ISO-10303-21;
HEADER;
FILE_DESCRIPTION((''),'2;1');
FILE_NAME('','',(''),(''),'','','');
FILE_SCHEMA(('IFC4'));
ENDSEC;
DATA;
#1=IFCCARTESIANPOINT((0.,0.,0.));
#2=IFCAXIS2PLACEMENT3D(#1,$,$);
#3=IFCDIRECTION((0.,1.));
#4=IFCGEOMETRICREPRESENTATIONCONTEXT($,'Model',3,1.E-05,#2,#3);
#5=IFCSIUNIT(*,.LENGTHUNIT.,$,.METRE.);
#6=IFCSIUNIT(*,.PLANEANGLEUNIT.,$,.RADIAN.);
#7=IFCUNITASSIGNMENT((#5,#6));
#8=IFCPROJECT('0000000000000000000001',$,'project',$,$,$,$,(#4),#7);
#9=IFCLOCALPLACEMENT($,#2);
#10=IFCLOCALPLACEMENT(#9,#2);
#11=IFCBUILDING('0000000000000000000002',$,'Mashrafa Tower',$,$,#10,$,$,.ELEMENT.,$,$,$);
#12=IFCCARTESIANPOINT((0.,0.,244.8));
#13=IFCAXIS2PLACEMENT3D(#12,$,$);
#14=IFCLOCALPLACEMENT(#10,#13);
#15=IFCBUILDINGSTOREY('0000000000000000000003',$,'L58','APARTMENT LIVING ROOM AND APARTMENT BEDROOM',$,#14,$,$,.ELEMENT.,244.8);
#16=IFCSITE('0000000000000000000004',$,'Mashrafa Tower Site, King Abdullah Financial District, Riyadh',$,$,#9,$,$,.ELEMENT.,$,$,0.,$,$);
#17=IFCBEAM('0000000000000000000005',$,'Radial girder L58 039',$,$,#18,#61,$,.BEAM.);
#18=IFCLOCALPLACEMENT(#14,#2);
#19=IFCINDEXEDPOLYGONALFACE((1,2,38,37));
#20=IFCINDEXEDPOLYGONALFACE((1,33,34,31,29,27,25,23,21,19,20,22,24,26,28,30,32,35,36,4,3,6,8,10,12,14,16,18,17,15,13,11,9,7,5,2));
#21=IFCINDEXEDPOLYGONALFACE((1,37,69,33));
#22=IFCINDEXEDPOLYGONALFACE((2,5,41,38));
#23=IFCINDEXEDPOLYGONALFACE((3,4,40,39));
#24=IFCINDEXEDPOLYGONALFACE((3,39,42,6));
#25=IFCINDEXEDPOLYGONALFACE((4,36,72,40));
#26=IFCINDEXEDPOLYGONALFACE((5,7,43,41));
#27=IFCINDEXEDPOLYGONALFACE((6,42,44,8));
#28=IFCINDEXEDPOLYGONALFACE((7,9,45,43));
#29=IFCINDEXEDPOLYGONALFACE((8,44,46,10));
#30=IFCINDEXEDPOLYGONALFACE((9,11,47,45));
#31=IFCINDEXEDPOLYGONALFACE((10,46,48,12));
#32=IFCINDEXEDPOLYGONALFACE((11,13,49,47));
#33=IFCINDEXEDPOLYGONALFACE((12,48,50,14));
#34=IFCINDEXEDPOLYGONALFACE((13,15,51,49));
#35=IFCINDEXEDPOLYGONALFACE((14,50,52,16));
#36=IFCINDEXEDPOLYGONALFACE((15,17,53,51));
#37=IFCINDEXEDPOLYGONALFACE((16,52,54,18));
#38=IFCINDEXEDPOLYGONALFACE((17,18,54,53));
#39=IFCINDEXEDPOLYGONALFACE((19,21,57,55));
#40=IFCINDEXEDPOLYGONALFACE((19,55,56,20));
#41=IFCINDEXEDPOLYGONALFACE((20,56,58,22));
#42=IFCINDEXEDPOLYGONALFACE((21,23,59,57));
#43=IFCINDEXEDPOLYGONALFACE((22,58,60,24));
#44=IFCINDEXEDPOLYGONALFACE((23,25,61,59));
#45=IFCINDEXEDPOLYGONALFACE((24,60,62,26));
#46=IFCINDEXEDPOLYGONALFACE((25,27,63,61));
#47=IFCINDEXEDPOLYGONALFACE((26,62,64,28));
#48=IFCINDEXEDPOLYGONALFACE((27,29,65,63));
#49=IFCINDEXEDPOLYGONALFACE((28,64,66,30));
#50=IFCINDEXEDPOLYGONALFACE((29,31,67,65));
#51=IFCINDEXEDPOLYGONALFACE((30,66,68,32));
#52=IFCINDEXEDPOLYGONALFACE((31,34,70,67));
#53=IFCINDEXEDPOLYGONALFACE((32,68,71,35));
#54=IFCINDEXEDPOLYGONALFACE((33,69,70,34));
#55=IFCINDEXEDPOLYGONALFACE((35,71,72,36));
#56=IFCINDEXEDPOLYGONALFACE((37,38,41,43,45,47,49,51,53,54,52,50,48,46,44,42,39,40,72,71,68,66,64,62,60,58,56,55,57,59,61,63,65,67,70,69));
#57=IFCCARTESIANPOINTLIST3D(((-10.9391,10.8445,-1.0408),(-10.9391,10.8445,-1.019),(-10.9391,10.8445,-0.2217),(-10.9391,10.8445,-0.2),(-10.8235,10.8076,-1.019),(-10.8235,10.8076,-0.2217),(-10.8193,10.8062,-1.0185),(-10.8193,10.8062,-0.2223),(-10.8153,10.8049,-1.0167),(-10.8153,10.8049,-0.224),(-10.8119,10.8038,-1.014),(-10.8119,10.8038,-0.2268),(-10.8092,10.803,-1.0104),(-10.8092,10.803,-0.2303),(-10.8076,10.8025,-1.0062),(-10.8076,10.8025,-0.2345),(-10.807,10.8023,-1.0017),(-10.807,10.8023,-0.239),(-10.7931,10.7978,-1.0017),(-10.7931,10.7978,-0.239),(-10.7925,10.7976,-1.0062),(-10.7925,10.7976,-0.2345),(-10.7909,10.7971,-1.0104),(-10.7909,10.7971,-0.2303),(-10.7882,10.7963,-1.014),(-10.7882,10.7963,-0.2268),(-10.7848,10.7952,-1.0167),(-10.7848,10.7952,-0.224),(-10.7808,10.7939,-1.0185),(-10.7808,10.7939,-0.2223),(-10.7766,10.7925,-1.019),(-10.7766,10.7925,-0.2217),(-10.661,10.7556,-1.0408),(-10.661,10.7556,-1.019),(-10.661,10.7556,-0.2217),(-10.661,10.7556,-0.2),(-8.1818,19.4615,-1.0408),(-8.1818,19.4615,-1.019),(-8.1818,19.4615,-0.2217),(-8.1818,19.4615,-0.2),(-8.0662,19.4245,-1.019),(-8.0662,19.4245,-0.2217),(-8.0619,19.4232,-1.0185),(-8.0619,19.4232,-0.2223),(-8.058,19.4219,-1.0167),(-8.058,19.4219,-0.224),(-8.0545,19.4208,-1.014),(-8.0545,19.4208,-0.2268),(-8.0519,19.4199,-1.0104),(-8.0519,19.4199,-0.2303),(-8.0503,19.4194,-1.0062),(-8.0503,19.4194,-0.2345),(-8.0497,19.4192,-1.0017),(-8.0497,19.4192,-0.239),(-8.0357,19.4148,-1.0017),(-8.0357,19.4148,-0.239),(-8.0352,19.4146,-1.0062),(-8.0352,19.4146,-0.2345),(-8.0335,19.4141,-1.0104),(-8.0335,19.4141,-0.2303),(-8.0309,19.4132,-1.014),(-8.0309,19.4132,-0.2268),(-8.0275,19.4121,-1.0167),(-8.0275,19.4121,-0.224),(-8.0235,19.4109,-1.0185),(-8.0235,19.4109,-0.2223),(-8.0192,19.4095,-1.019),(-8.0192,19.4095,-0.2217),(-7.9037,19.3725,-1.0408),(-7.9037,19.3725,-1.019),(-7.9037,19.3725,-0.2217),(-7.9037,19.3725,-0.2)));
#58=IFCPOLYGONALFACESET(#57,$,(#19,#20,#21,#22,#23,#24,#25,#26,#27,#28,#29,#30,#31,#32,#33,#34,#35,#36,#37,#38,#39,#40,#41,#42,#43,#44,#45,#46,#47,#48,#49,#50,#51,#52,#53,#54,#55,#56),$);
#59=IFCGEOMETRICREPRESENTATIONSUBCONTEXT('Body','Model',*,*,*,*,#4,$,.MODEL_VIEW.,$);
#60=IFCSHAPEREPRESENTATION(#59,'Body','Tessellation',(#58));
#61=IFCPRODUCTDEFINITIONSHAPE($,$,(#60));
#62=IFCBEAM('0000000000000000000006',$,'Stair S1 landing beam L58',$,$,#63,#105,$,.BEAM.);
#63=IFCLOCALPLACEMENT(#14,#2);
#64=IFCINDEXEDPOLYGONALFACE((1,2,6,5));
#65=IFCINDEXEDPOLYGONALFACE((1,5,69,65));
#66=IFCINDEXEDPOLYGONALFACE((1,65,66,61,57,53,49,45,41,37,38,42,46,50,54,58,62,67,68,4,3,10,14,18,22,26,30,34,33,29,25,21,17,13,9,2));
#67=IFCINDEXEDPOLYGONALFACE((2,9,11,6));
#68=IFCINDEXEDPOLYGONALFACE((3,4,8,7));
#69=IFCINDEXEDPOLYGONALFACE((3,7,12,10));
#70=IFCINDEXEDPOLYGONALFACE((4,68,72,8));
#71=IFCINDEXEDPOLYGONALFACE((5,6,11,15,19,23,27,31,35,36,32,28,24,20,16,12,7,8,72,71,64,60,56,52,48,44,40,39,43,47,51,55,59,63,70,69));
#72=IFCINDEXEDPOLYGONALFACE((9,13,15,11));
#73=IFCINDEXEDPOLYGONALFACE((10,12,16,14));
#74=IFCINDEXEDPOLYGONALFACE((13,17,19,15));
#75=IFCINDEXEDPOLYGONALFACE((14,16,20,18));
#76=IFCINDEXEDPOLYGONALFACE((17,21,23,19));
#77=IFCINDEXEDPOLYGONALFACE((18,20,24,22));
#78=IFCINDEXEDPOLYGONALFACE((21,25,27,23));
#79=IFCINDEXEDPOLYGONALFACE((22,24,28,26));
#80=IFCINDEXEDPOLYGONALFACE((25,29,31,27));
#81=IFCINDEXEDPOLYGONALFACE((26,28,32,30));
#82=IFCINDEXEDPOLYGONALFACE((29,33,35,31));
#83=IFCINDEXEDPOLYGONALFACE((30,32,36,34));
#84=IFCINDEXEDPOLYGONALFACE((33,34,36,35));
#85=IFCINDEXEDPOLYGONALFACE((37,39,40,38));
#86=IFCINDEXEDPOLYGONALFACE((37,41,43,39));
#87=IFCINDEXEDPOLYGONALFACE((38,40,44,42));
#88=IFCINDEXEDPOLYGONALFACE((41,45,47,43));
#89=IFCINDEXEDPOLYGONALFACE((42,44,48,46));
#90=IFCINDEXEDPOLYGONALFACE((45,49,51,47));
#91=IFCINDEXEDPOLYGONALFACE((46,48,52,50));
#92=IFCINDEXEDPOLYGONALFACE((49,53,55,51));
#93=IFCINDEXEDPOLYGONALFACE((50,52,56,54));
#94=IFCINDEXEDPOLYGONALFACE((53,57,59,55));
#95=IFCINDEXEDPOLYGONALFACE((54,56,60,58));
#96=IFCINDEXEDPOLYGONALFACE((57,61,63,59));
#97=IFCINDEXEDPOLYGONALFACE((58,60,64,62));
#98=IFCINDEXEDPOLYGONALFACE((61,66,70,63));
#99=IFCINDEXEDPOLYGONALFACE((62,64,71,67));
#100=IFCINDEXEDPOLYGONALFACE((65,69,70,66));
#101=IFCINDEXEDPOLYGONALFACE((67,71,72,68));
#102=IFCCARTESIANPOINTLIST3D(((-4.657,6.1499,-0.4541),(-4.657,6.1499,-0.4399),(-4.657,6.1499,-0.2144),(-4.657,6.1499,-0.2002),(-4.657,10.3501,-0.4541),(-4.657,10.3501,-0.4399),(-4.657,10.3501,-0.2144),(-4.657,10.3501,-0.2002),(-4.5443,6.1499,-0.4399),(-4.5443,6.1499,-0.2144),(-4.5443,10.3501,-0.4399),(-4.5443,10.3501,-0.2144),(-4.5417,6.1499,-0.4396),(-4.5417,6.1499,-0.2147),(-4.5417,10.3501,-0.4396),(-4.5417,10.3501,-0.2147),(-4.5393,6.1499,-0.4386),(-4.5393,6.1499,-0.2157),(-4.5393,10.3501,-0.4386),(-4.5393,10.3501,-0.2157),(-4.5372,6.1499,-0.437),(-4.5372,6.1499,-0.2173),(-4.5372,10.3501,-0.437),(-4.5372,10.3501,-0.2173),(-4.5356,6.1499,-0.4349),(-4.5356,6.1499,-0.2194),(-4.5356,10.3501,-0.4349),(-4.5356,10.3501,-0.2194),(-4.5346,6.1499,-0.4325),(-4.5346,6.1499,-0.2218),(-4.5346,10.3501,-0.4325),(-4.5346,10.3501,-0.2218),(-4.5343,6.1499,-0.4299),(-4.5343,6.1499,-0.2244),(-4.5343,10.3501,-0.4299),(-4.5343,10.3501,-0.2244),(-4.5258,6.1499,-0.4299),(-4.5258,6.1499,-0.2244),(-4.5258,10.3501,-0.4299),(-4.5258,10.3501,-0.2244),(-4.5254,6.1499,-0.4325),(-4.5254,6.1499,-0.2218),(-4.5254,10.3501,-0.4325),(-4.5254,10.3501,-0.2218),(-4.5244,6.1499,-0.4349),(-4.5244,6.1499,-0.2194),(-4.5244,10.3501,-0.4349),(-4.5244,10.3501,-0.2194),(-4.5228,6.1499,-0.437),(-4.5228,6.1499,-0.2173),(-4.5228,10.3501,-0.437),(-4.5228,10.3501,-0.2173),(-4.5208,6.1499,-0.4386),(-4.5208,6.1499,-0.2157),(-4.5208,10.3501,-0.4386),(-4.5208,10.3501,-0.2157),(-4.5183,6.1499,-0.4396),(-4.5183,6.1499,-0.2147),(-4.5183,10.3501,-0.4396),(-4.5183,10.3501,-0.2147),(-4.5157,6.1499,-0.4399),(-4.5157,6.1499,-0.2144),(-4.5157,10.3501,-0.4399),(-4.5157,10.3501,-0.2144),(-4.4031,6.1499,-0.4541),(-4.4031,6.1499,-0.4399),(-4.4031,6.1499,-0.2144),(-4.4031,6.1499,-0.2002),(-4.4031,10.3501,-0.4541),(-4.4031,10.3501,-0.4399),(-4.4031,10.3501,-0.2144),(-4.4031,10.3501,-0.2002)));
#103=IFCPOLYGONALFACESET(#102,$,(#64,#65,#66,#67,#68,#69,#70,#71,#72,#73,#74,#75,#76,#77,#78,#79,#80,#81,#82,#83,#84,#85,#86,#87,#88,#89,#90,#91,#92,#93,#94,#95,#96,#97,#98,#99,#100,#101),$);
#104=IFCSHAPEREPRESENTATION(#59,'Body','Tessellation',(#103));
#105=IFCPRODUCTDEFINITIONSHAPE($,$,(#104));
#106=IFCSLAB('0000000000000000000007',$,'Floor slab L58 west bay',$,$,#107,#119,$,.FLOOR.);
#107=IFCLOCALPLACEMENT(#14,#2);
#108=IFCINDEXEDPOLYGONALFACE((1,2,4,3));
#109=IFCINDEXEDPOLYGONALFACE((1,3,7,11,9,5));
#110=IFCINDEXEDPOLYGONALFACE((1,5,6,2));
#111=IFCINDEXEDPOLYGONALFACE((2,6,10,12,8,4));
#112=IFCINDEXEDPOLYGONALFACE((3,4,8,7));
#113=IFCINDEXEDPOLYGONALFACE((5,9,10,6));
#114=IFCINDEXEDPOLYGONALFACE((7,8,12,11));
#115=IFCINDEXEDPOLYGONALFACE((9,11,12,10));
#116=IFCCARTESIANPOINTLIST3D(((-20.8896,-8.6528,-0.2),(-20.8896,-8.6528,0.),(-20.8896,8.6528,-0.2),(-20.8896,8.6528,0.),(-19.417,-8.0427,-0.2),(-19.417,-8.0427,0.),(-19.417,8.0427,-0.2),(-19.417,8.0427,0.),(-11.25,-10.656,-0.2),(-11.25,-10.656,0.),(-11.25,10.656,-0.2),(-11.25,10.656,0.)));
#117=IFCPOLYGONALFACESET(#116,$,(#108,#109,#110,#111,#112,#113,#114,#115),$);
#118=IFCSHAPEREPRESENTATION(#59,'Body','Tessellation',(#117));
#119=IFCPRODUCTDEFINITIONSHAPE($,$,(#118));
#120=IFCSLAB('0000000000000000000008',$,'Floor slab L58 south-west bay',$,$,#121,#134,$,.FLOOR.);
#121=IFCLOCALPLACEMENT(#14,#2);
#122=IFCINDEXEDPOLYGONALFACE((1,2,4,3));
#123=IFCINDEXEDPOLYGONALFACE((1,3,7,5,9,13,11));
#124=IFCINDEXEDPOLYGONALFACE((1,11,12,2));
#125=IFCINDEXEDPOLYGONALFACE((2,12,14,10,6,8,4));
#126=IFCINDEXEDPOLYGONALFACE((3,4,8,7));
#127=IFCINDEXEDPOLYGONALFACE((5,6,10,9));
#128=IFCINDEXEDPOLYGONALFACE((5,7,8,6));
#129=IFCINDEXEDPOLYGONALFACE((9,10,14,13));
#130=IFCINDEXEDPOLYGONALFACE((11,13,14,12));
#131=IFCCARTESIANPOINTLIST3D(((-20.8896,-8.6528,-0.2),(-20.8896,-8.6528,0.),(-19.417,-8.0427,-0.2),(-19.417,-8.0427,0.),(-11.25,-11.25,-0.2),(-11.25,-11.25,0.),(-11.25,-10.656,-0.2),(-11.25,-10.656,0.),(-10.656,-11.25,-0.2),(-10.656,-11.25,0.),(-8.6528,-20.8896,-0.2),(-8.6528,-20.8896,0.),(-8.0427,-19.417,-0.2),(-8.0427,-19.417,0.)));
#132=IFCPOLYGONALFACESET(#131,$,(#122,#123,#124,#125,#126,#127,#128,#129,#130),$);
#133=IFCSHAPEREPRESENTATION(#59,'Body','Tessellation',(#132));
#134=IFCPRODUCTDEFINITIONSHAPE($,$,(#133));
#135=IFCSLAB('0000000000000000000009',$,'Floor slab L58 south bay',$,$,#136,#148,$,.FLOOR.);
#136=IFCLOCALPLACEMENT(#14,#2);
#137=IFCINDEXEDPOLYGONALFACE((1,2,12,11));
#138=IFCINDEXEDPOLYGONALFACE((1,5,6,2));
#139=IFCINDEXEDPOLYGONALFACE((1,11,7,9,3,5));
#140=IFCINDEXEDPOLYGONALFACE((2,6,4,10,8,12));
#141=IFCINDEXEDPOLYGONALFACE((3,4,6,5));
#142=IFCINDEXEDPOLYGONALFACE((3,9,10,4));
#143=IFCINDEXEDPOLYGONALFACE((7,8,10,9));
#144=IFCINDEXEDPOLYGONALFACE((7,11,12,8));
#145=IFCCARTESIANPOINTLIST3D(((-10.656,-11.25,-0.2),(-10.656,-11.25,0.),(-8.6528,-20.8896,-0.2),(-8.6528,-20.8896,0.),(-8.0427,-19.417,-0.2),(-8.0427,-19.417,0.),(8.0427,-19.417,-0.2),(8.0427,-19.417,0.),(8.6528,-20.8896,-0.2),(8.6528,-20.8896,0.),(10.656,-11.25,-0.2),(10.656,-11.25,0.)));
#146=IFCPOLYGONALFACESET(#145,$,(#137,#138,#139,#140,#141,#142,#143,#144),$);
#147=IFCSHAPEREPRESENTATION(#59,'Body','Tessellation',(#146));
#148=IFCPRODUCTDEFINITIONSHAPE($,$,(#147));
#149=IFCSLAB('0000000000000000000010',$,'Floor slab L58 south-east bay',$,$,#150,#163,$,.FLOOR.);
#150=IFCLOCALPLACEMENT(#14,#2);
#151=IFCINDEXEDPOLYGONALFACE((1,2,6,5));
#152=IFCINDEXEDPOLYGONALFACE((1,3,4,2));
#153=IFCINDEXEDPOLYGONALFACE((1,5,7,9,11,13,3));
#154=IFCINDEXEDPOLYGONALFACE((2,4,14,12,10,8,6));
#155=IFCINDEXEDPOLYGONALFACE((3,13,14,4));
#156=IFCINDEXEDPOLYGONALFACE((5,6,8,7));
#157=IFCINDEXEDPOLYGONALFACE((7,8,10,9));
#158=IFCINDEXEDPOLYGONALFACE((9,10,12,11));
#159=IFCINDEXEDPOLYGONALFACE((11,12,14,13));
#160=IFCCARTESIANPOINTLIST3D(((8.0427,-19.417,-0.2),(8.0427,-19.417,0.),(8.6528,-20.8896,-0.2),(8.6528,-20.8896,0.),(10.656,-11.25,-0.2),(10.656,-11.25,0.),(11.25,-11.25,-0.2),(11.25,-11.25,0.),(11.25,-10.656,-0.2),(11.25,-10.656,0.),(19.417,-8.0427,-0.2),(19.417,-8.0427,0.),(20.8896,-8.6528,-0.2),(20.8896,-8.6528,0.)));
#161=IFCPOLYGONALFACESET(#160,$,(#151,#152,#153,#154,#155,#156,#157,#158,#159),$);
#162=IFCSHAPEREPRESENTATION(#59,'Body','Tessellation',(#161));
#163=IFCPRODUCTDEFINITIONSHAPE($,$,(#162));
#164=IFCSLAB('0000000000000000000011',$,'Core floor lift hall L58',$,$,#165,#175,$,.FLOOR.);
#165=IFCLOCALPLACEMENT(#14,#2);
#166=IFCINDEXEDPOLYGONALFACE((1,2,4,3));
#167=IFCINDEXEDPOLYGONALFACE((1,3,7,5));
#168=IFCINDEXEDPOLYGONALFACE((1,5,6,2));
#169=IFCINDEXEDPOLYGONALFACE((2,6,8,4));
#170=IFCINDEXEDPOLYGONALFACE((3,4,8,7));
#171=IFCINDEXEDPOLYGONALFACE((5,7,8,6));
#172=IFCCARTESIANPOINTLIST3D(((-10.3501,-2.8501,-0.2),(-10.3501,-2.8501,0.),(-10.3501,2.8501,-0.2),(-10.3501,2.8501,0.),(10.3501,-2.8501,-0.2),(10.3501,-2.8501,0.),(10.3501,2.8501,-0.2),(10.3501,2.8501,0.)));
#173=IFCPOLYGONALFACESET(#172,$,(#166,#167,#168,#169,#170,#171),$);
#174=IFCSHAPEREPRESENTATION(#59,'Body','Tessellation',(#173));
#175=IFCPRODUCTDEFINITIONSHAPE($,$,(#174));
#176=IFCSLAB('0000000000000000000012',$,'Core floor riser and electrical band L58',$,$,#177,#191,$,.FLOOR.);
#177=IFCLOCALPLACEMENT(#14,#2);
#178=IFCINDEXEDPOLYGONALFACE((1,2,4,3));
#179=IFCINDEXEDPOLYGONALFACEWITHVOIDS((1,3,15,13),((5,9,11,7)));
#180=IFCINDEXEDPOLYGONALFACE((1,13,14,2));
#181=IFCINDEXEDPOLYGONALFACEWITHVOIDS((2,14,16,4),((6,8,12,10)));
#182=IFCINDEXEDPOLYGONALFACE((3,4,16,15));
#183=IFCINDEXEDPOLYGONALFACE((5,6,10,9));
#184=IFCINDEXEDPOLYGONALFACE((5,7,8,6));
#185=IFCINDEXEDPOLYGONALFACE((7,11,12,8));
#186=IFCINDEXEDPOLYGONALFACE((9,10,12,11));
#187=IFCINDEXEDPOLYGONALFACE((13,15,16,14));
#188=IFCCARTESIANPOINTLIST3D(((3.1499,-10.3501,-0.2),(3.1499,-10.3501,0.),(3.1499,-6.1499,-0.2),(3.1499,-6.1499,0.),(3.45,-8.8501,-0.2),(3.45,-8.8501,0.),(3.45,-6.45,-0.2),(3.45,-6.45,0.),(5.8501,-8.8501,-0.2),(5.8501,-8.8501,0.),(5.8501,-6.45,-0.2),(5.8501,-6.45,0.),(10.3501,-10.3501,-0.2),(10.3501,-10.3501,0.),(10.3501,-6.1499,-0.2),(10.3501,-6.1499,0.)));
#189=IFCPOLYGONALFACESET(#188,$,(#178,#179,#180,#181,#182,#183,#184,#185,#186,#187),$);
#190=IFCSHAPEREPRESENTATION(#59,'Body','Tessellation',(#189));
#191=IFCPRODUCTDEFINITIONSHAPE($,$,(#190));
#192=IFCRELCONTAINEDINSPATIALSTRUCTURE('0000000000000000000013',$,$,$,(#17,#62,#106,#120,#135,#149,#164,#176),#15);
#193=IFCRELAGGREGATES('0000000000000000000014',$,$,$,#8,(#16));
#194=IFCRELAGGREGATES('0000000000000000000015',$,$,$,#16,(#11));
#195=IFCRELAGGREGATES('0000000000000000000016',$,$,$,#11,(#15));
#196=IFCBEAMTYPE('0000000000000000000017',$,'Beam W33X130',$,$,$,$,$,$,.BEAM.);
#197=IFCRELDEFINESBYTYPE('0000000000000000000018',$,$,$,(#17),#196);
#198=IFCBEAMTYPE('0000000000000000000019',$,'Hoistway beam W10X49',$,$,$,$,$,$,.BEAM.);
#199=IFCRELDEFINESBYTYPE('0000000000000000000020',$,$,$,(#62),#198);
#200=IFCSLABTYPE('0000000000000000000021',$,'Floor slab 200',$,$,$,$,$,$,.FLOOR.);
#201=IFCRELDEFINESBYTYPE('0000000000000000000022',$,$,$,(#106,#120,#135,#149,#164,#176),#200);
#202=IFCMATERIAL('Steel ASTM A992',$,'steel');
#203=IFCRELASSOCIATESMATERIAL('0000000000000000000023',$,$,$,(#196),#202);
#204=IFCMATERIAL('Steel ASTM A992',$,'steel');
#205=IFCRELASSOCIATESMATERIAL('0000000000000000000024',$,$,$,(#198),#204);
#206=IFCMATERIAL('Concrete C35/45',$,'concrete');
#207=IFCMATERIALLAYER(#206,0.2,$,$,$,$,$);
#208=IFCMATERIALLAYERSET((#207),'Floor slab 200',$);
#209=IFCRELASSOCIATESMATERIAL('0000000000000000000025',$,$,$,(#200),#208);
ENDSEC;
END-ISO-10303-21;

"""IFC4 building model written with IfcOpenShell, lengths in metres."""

from ifc_helpers import new_model, si_unit, direction, frame, origin, origin_2d, place, context, subcontext, project, spatial, polyline, i_section, outline, extrude, material, layer, layer_set, material_profile, profile_set, type_object, element, save


model = new_model("IFC4")

# Units and contexts
model_context = context("Model", 3, precision=1e-05, world=origin(), true_north=direction((0.0, 1.0)))
body_context = subcontext(model_context, "Body", "Model", "MODEL_VIEW")
ifc_project = project(units=[si_unit("LENGTHUNIT", "METRE"), si_unit("PLANEANGLEUNIT", "RADIAN")], contexts=[model_context])

# Site, building, storey
site_placement = place(None, origin())
site = spatial("IfcSite", under=ifc_project, at=site_placement, Name="Mashrafa Tower Site, King Abdullah Financial District, Riyadh", CompositionType="ELEMENT", RefElevation=0.0)
building_placement = place(site_placement, origin())
building = spatial("IfcBuilding", under=site, at=building_placement, Name="Mashrafa Tower", CompositionType="ELEMENT")
storey_placement = place(building_placement, frame((0.0, 0.0, 244.8)))
storey = spatial("IfcBuildingStorey", under=building, at=storey_placement, Name="L58", Description="APARTMENT LIVING ROOM AND APARTMENT BEDROOM", CompositionType="ELEMENT", Elevation=244.8)

# Beams
ifc_material_1 = material(Name="Steel ASTM A992", Category="steel")
ifc_material_profile_1 = material_profile(ifc_material_1, i_section(OverallWidth=0.292, OverallDepth=0.8408, WebThickness=0.0146, FlangeThickness=0.0217, FilletRadius=0.0173, at=origin_2d()), Name="W33X130")
ifc_profile_set_1 = profile_set([ifc_material_profile_1], Name="Steel ASTM A992")
beam_type_1 = type_object("IfcBeamType", Name="Beam W33X130", PredefinedType="BEAM", material=ifc_profile_set_1)
for number, where, z_axis, x_axis, name in (
    (1, (-10.8, 10.8, -0.6204), (0.304766, 0.952427, 0.0), (-0.952427, 0.304766, 0.0), "Radial girder L58 039"),
):
    element("IfcBeam", number, at=place(storey_placement, frame(where, z_axis=z_axis, x_axis=x_axis)), inside=storey, type_object=beam_type_1, Name=name, PredefinedType="BEAM", context=body_context, shape_type="SweptSolid", body=[
        extrude(i_section(OverallWidth=0.292, OverallDepth=0.8408, WebThickness=0.0146, FlangeThickness=0.0217, FilletRadius=0.0173, at=origin_2d()), origin(), (0.0, 0.0, 1.0), 9.0474),
    ])
ifc_material_2 = material(Name="Steel ASTM A992", Category="steel")
ifc_material_profile_2 = material_profile(ifc_material_2, i_section(OverallWidth=0.2539, OverallDepth=0.2539, WebThickness=0.0085, FlangeThickness=0.0142, FilletRadius=0.01, at=origin_2d()), Name="W10X49")
ifc_profile_set_2 = profile_set([ifc_material_profile_2], Name="Steel ASTM A992")
beam_type_2 = type_object("IfcBeamType", Name="Hoistway beam W10X49", PredefinedType="BEAM", material=ifc_profile_set_2)
beam_1_placement = place(storey_placement, frame((-4.53, 6.1499, -0.3271), z_axis=(0.0, 1.0, 0.0), x_axis=(-1.0, 0.0, 0.0)))
element("IfcBeam", 2, at=beam_1_placement, inside=storey, type_object=beam_type_2, Name="Stair S1 landing beam L58", PredefinedType="BEAM", context=body_context, shape_type="SweptSolid", body=[
    extrude(i_section(OverallWidth=0.2539, OverallDepth=0.2539, WebThickness=0.0085, FlangeThickness=0.0142, FilletRadius=0.01, at=origin_2d()), origin(), (0.0, 0.0, 1.0), 4.2002),
])

# Slabs
ifc_material_3 = material(Name="Concrete C35/45", Category="concrete")
ifc_layer_1 = layer(ifc_material_3, 0.2)
ifc_layer_set_1 = layer_set([ifc_layer_1], Name="Floor slab 200")
slab_type = type_object("IfcSlabType", Name="Floor slab 200", PredefinedType="FLOOR", material=ifc_layer_set_1)
slab_1_placement = place(storey_placement, frame((0.0, 0.0, -0.2)))
element("IfcSlab", 3, at=slab_1_placement, inside=storey, type_object=slab_type, Name="Floor slab L58 west bay", PredefinedType="FLOOR", context=body_context, shape_type="SweptSolid", body=[
    extrude(outline(polyline([(-20.8896, 8.6528), (-19.417, 8.0427), (-11.25, 10.656), (-11.25, -10.656), (-19.417, -8.0427), (-20.8896, -8.6528), (-20.8896, 8.6528)])), origin(), (0.0, 0.0, 1.0), 0.2),
])
slab_2_placement = place(storey_placement, frame((0.0, 0.0, -0.2)))
element("IfcSlab", 4, at=slab_2_placement, inside=storey, type_object=slab_type, Name="Floor slab L58 south-west bay", PredefinedType="FLOOR", context=body_context, shape_type="SweptSolid", body=[
    extrude(outline(polyline([(-8.6528, -20.8896), (-20.8896, -8.6528), (-20.8896, -8.6528), (-19.417, -8.0427), (-11.25, -10.656), (-11.25, -11.25), (-10.656, -11.25), (-8.0427, -19.417), (-8.6528, -20.8896), (-8.6528, -20.8896)])), origin(), (0.0, 0.0, 1.0), 0.2),
])
slab_3_placement = place(storey_placement, frame((0.0, 0.0, -0.2)))
element("IfcSlab", 5, at=slab_3_placement, inside=storey, type_object=slab_type, Name="Floor slab L58 south bay", PredefinedType="FLOOR", context=body_context, shape_type="SweptSolid", body=[
    extrude(outline(polyline([(-8.6528, -20.8896), (-8.0427, -19.417), (-10.656, -11.25), (10.656, -11.25), (8.0427, -19.417), (8.6528, -20.8896), (-8.6528, -20.8896)])), origin(), (0.0, 0.0, 1.0), 0.2),
])
slab_4_placement = place(storey_placement, frame((0.0, 0.0, -0.2)))
element("IfcSlab", 6, at=slab_4_placement, inside=storey, type_object=slab_type, Name="Floor slab L58 south-east bay", PredefinedType="FLOOR", context=body_context, shape_type="SweptSolid", body=[
    extrude(outline(polyline([(8.6528, -20.8896), (8.0427, -19.417), (10.656, -11.25), (11.25, -11.25), (11.25, -10.656), (19.417, -8.0427), (20.8896, -8.6528), (20.8896, -8.6528), (8.6528, -20.8896), (8.6528, -20.8896)])), origin(), (0.0, 0.0, 1.0), 0.2),
])
slab_5_placement = place(storey_placement, frame((0.0, 0.0, -0.2)))
element("IfcSlab", 7, at=slab_5_placement, inside=storey, type_object=slab_type, Name="Core floor lift hall L58", PredefinedType="FLOOR", context=body_context, shape_type="SweptSolid", body=[
    extrude(outline(polyline([(-10.3501, 2.8501), (10.3501, 2.8501), (10.3501, -2.8501), (-10.3501, -2.8501), (-10.3501, 2.8501)])), origin(), (0.0, 0.0, 1.0), 0.2),
])
slab_6_placement = place(storey_placement, frame((0.0, 0.0, -0.2)))
element("IfcSlab", 8, at=slab_6_placement, inside=storey, type_object=slab_type, Name="Core floor riser and electrical band L58", PredefinedType="FLOOR", context=body_context, shape_type="SweptSolid", body=[
    extrude(outline(polyline([(10.3501, -6.1499), (10.3501, -10.3501), (3.1499, -10.3501), (3.1499, -6.1499), (10.3501, -6.1499)]), holes=[polyline([(3.45, -8.8501), (5.8501, -8.8501), (5.8501, -6.45), (3.45, -6.45), (3.45, -8.8501)])]), origin(), (0.0, 0.0, 1.0), 0.2),
])

save(model, "model.ifc")
